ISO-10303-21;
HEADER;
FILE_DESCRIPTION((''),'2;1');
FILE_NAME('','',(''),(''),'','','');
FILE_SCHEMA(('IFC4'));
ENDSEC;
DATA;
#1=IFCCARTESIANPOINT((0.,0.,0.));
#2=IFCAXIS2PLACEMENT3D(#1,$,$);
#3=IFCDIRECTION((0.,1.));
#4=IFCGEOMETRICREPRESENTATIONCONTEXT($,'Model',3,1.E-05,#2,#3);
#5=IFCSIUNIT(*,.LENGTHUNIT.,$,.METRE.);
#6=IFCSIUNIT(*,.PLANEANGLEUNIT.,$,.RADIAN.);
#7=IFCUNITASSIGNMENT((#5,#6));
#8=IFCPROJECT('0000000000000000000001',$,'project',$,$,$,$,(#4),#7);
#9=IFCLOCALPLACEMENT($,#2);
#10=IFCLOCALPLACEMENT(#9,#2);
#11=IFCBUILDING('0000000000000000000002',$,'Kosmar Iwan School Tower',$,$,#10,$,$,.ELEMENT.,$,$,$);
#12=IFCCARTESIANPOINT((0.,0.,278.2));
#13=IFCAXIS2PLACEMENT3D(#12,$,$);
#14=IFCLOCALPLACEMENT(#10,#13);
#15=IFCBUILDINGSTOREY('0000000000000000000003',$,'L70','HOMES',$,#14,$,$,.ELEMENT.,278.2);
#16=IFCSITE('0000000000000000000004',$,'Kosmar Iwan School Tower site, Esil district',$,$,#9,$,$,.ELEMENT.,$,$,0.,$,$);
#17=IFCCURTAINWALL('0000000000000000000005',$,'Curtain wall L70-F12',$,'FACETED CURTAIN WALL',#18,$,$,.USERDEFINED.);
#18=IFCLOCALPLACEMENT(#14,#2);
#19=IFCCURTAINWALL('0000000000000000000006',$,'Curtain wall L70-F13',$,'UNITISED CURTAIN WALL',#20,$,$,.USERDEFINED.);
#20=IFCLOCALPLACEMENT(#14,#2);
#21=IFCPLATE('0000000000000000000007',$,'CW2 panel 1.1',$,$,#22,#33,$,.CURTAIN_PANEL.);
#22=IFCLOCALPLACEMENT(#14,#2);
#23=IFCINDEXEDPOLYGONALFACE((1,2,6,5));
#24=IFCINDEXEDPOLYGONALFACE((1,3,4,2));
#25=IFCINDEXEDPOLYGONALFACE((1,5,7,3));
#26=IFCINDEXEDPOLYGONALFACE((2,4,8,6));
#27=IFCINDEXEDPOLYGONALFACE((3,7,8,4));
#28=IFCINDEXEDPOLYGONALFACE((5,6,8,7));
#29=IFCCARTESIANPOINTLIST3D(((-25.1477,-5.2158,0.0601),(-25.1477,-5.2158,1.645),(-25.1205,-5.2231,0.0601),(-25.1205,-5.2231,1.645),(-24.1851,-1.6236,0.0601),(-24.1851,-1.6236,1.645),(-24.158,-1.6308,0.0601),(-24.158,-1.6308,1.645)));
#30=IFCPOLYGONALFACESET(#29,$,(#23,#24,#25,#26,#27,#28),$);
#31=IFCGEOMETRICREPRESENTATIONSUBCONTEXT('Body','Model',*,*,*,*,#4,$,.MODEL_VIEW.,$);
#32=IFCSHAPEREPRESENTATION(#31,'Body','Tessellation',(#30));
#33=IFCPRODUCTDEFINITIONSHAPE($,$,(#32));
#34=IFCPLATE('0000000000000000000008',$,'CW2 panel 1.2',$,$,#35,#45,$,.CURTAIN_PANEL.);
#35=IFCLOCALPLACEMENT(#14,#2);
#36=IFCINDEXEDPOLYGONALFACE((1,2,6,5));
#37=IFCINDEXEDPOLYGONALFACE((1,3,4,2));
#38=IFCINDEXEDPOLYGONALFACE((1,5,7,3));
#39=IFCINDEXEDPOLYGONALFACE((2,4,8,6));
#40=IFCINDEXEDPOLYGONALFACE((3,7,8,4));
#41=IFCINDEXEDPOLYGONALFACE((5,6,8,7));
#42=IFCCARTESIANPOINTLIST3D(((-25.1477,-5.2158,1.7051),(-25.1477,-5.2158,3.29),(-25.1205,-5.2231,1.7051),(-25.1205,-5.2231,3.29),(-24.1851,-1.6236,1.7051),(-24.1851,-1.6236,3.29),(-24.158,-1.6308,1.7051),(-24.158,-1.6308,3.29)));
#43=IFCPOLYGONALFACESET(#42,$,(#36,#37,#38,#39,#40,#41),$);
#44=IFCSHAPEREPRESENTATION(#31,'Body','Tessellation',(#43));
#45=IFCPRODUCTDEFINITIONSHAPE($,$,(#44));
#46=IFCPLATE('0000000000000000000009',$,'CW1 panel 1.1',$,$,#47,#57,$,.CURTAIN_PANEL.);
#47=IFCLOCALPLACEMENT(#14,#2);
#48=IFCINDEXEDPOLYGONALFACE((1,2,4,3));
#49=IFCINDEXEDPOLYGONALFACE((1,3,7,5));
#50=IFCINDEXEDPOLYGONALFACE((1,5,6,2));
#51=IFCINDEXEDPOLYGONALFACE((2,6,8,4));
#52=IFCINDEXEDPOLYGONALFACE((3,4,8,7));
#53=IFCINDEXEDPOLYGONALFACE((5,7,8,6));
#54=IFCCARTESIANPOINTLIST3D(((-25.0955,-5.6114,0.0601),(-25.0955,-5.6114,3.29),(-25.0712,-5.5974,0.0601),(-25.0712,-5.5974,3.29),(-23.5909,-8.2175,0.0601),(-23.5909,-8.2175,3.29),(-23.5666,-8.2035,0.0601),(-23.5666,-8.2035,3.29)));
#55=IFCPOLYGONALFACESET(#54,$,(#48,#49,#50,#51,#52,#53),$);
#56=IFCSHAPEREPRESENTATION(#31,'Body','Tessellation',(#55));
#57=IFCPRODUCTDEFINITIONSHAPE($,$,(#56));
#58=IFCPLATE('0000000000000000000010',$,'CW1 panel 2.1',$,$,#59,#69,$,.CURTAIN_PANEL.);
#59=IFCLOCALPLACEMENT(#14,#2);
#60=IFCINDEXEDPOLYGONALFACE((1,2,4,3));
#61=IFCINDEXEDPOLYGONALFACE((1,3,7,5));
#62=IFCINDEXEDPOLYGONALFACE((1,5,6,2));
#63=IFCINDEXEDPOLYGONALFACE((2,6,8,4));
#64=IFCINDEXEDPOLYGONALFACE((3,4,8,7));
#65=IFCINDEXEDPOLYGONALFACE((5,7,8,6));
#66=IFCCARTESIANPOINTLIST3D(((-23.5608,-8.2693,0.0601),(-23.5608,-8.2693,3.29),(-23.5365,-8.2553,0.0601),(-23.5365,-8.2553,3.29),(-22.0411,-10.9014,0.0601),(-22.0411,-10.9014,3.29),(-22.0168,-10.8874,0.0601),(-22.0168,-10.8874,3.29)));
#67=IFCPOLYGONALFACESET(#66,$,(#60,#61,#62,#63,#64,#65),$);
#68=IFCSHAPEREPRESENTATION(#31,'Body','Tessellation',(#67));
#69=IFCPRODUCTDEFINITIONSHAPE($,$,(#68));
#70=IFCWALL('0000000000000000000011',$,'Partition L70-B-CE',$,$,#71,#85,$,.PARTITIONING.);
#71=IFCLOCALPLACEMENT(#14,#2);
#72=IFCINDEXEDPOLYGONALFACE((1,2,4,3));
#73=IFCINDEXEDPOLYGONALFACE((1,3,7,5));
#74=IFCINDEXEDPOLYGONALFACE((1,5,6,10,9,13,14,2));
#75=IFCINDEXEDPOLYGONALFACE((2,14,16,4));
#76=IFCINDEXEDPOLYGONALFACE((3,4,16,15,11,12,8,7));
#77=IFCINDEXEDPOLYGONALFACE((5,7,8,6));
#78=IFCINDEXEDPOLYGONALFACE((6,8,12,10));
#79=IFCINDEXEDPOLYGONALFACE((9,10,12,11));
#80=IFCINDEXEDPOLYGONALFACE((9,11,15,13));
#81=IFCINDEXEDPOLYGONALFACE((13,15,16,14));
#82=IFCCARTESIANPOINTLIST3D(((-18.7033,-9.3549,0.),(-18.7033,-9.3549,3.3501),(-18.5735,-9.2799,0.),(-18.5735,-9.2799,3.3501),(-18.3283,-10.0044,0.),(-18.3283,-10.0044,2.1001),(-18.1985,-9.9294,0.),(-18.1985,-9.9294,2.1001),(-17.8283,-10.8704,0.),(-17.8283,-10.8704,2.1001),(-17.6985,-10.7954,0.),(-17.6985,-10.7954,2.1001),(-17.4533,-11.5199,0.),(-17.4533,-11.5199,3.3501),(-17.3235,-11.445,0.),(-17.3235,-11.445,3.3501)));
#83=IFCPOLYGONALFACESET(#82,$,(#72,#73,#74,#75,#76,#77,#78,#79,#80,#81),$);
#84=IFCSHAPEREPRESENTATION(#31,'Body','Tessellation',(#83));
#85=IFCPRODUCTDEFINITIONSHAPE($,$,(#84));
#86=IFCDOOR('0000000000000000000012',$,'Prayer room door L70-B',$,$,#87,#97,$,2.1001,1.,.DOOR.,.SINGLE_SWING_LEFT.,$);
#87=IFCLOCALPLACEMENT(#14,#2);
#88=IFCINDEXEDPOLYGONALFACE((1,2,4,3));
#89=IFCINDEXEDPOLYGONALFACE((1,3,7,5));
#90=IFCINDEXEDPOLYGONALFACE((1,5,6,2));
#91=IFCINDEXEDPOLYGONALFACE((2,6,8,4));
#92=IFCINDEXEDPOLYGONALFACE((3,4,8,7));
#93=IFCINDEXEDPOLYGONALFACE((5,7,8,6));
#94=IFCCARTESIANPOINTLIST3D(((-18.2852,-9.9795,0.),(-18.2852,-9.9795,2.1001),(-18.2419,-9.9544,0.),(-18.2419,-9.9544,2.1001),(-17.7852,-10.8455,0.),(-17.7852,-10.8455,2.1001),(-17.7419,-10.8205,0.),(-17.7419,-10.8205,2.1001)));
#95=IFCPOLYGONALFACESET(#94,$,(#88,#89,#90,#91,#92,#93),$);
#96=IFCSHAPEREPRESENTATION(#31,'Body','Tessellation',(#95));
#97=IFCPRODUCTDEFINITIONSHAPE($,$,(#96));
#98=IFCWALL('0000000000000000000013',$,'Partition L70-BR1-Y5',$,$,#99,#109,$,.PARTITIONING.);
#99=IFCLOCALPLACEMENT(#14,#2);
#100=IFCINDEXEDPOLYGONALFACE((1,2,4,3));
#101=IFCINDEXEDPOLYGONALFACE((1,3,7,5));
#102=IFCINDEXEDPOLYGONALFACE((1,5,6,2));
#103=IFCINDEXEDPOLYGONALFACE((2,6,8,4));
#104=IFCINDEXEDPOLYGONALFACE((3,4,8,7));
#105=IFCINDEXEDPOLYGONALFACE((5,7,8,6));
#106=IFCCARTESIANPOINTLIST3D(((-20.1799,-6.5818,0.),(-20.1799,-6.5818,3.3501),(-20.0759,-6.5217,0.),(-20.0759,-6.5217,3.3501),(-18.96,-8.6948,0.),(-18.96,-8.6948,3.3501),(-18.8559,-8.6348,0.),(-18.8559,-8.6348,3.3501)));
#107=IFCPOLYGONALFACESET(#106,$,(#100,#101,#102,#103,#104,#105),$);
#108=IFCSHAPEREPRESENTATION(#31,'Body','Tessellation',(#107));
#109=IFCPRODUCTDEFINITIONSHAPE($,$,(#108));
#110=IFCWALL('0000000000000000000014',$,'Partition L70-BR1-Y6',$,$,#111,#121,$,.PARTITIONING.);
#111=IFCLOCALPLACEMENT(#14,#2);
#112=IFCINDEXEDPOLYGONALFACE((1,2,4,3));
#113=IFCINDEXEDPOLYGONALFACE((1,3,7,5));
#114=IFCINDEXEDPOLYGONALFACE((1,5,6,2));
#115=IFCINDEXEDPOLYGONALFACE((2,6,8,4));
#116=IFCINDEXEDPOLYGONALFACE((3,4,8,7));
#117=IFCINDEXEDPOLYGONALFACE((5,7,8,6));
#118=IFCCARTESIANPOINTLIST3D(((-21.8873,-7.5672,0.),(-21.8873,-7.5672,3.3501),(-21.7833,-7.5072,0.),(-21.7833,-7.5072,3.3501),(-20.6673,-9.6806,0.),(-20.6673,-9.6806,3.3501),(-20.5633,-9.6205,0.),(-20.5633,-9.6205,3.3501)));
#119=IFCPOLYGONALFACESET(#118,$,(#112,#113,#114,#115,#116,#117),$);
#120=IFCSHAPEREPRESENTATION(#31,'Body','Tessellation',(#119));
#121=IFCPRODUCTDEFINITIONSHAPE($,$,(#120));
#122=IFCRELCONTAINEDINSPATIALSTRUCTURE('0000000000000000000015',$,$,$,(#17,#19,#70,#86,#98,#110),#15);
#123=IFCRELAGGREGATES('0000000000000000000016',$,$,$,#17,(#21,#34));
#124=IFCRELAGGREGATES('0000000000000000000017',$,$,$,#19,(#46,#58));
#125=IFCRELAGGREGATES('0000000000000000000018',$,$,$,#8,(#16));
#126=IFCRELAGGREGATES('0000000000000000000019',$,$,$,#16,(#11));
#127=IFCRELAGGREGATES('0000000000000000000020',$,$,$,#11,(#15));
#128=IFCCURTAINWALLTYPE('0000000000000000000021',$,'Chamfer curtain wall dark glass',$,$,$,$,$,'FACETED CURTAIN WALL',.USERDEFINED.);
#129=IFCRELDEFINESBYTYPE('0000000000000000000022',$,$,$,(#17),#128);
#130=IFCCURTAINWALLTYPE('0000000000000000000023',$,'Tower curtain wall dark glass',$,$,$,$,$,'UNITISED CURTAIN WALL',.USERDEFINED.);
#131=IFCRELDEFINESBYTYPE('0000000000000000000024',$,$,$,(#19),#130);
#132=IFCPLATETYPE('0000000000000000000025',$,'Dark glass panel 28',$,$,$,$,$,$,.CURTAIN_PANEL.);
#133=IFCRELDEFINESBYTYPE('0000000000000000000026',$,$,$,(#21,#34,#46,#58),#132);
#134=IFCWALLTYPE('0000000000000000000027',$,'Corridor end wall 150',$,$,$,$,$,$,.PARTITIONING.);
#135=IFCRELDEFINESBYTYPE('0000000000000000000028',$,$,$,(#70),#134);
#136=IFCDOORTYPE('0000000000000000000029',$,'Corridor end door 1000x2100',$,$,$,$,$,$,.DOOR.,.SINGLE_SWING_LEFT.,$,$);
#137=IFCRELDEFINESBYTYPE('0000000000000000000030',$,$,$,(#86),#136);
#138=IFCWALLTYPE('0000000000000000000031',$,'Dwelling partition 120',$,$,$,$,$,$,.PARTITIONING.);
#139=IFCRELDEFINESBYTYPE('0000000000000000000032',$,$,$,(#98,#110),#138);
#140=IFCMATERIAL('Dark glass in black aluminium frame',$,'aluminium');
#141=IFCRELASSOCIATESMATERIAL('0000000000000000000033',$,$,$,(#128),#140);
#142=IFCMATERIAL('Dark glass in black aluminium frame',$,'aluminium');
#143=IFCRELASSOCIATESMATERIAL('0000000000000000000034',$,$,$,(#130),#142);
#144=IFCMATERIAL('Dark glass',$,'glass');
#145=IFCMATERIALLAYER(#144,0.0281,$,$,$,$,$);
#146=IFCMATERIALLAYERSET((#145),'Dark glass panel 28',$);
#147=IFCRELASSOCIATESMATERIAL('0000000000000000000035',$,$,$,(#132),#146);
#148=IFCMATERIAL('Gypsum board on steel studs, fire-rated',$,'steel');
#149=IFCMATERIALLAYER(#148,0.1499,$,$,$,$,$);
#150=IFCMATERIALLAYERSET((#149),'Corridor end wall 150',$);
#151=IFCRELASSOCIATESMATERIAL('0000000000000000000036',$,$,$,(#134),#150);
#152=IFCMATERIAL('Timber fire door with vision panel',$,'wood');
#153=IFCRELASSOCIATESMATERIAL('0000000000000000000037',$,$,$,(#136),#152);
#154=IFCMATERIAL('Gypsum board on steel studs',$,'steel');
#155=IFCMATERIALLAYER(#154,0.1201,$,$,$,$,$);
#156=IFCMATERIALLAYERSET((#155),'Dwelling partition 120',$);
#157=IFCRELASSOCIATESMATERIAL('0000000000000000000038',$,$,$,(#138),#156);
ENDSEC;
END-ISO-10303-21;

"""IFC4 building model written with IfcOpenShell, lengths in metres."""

from ifc_helpers import new_model, si_unit, direction, frame, frame_2d, origin, origin_2d, place, context, subcontext, project, spatial, rectangle, extrude, material, layer, layer_set, type_object, element, fill, aggregate, save


model = new_model("IFC4")

# Units and contexts
model_context = context("Model", 3, precision=1e-05, world=origin(), true_north=direction((0.0, 1.0)))
body_context = subcontext(model_context, "Body", "Model", "MODEL_VIEW")
ifc_project = project(units=[si_unit("LENGTHUNIT", "METRE"), si_unit("PLANEANGLEUNIT", "RADIAN")], contexts=[model_context])

# Site, building, storey
site_placement = place(None, origin())
site = spatial("IfcSite", under=ifc_project, at=site_placement, Name="Kosmar Iwan School Tower site, Esil district", CompositionType="ELEMENT", RefElevation=0.0)
building_placement = place(site_placement, origin())
building = spatial("IfcBuilding", under=site, at=building_placement, Name="Kosmar Iwan School Tower", CompositionType="ELEMENT")
storey_placement = place(building_placement, frame((0.0, 0.0, 278.2)))
storey = spatial("IfcBuildingStorey", under=building, at=storey_placement, Name="L70", Description="HOMES", CompositionType="ELEMENT", Elevation=278.2)

# Curtain wall
ifc_material_1 = material(Name="Dark glass in black aluminium frame", Category="aluminium")
curtain_wall_type_1 = type_object("IfcCurtainWallType", Name="Chamfer curtain wall dark glass", ElementType="FACETED CURTAIN WALL", PredefinedType="USERDEFINED", material=ifc_material_1)
curtain_wall_1_placement = place(storey_placement, origin())
curtain_wall_1 = element("IfcCurtainWall", 1, at=curtain_wall_1_placement, inside=storey, type_object=curtain_wall_type_1, Name="Curtain wall L70-F12", ObjectType="FACETED CURTAIN WALL", PredefinedType="USERDEFINED")

# Curtain wall
ifc_material_2 = material(Name="Dark glass in black aluminium frame", Category="aluminium")
curtain_wall_type_2 = type_object("IfcCurtainWallType", Name="Tower curtain wall dark glass", ElementType="UNITISED CURTAIN WALL", PredefinedType="USERDEFINED", material=ifc_material_2)
curtain_wall_2_placement = place(storey_placement, origin())
curtain_wall_2 = element("IfcCurtainWall", 2, at=curtain_wall_2_placement, inside=storey, type_object=curtain_wall_type_2, Name="Curtain wall L70-F13", ObjectType="UNITISED CURTAIN WALL", PredefinedType="USERDEFINED")

# Plates
ifc_material_3 = material(Name="Dark glass", Category="glass")
ifc_layer_1 = layer(ifc_material_3, 0.0281)
ifc_layer_set_1 = layer_set([ifc_layer_1], Name="Dark glass panel 28")
plate_type = type_object("IfcPlateType", Name="Dark glass panel 28", PredefinedType="CURTAIN_PANEL", material=ifc_layer_set_1)
plate_1_placement = place(storey_placement, frame((-24.6528, -3.4233, 0.0601), z_axis=(0.0, 0.0, 1.0), x_axis=(-0.258819, -0.965926, 0.0)))
plate_1 = element("IfcPlate", 3, at=plate_1_placement, type_object=plate_type, Name="CW2 panel 1.1", PredefinedType="CURTAIN_PANEL", context=body_context, shape_type="SweptSolid", body=[
    extrude(rectangle(XDim=3.719, YDim=0.0281, at=origin_2d()), origin(), (0.0, 0.0, 1.0), 1.585),
])
plate_2_placement = place(storey_placement, frame((-24.6528, -3.4233, 1.7051), z_axis=(0.0, 0.0, 1.0), x_axis=(-0.258819, -0.965926, 0.0)))
plate_2 = element("IfcPlate", 4, at=plate_2_placement, type_object=plate_type, Name="CW2 panel 1.2", PredefinedType="CURTAIN_PANEL", context=body_context, shape_type="SweptSolid", body=[
    extrude(rectangle(XDim=3.719, YDim=0.0281, at=origin_2d()), origin(), (0.0, 0.0, 1.0), 1.585),
])
aggregate(curtain_wall_1, [plate_1, plate_2])
plate_3_placement = place(storey_placement, frame((-24.3311, -6.9075, 0.0601), z_axis=(0.0, 0.0, 1.0), x_axis=(0.5, -0.866025, 0.0)))
plate_3 = element("IfcPlate", 5, at=plate_3_placement, type_object=plate_type, Name="CW1 panel 1.1", PredefinedType="CURTAIN_PANEL", context=body_context, shape_type="SweptSolid", body=[
    extrude(rectangle(XDim=3.0093, YDim=0.0281, at=origin_2d()), origin(), (0.0, 0.0, 1.0), 3.23),
])
plate_4_placement = place(storey_placement, frame((-22.7888, -9.5784, 0.0601), z_axis=(0.0, 0.0, 1.0), x_axis=(0.5, -0.866025, 0.0)))
plate_4 = element("IfcPlate", 6, at=plate_4_placement, type_object=plate_type, Name="CW1 panel 2.1", PredefinedType="CURTAIN_PANEL", context=body_context, shape_type="SweptSolid", body=[
    extrude(rectangle(XDim=3.0393, YDim=0.0281, at=origin_2d()), origin(), (0.0, 0.0, 1.0), 3.23),
])
aggregate(curtain_wall_2, [plate_3, plate_4])

# Wall, opening, door
ifc_material_4 = material(Name="Gypsum board on steel studs, fire-rated", Category="steel")
ifc_layer_2 = layer(ifc_material_4, 0.1499)
ifc_layer_set_2 = layer_set([ifc_layer_2], Name="Corridor end wall 150")
wall_type_1 = type_object("IfcWallType", Name="Corridor end wall 150", PredefinedType="PARTITIONING", material=ifc_layer_set_2)
wall_1_placement = place(storey_placement, frame((-18.6384, -9.3174, 0.0), z_axis=(0.0, 0.0, 1.0), x_axis=(0.500004, -0.866023, 0.0)))
wall_1 = element("IfcWall", 7, at=wall_1_placement, inside=storey, type_object=wall_type_1, Name="Partition L70-B-CE", PredefinedType="PARTITIONING", context=body_context, shape_type="SweptSolid", body=[
    extrude(rectangle(XDim=2.5, YDim=0.1499, at=frame_2d((1.25, 0.0))), origin(), (0.0, 0.0, 1.0), 3.3501),
])
opening_placement = place(wall_1_placement, frame((0.75, 0.0, 0.0)))
opening = element("IfcOpeningElement", 8, at=opening_placement, cuts=wall_1, PredefinedType="OPENING", context=body_context, shape_type="SweptSolid", body=[
    extrude(rectangle(XDim=1.0, YDim=2.1001, at=frame_2d((0.5, 1.05))), frame((0.0, 0.0869, 0.0), z_axis=(0.0, -1.0, 0.0), x_axis=(1.0, 0.0, 0.0)), (0.0, 0.0, 1.0), 0.1738),
])
ifc_material_5 = material(Name="Timber fire door with vision panel", Category="wood")
door_type = type_object("IfcDoorType", Name="Corridor end door 1000x2100", OperationType="SINGLE_SWING_LEFT", PredefinedType="DOOR", material=ifc_material_5)
door_placement = place(opening_placement, origin())
door = element("IfcDoor", 9, at=door_placement, inside=storey, type_object=door_type, Name="Prayer room door L70-B", OperationType="SINGLE_SWING_LEFT", OverallHeight=2.1001, OverallWidth=1.0, PredefinedType="DOOR", context=body_context, shape_type="SweptSolid", body=[
    extrude(rectangle(XDim=1.0, YDim=2.1001, at=frame_2d((0.5, 1.05))), frame((0.0, 0.0249, 0.0), z_axis=(0.0, -1.0, 0.0), x_axis=(1.0, 0.0, 0.0)), (0.0, 0.0, 1.0), 0.05),
])
fill(opening, door)

# Walls
ifc_material_6 = material(Name="Gypsum board on steel studs", Category="steel")
ifc_layer_3 = layer(ifc_material_6, 0.1201)
ifc_layer_set_3 = layer_set([ifc_layer_3], Name="Dwelling partition 120")
wall_type_2 = type_object("IfcWallType", Name="Dwelling partition 120", PredefinedType="PARTITIONING", material=ifc_layer_set_3)
wall_2_placement = place(storey_placement, frame((-18.908, -8.6648, 0.0), z_axis=(0.0, 0.0, 1.0), x_axis=(-0.500003, 0.866024, 0.0)))
element("IfcWall", 10, at=wall_2_placement, inside=storey, type_object=wall_type_2, Name="Partition L70-BR1-Y5", PredefinedType="PARTITIONING", context=body_context, shape_type="SweptSolid", body=[
    extrude(rectangle(XDim=2.4399, YDim=0.1201, at=frame_2d((1.22, 0.0))), origin(), (0.0, 0.0, 1.0), 3.3501),
])
wall_3_placement = place(storey_placement, frame((-20.6152, -9.6506, 0.0), z_axis=(0.0, 0.0, 1.0), x_axis=(-0.499959, 0.866049, 0.0)))
element("IfcWall", 11, at=wall_3_placement, inside=storey, type_object=wall_type_2, Name="Partition L70-BR1-Y6", PredefinedType="PARTITIONING", context=body_context, shape_type="SweptSolid", body=[
    extrude(rectangle(XDim=2.4402, YDim=0.1201, at=frame_2d((1.2202, 0.0))), origin(), (0.0, 0.0, 1.0), 3.3501),
])

save(model, "model.ifc")
